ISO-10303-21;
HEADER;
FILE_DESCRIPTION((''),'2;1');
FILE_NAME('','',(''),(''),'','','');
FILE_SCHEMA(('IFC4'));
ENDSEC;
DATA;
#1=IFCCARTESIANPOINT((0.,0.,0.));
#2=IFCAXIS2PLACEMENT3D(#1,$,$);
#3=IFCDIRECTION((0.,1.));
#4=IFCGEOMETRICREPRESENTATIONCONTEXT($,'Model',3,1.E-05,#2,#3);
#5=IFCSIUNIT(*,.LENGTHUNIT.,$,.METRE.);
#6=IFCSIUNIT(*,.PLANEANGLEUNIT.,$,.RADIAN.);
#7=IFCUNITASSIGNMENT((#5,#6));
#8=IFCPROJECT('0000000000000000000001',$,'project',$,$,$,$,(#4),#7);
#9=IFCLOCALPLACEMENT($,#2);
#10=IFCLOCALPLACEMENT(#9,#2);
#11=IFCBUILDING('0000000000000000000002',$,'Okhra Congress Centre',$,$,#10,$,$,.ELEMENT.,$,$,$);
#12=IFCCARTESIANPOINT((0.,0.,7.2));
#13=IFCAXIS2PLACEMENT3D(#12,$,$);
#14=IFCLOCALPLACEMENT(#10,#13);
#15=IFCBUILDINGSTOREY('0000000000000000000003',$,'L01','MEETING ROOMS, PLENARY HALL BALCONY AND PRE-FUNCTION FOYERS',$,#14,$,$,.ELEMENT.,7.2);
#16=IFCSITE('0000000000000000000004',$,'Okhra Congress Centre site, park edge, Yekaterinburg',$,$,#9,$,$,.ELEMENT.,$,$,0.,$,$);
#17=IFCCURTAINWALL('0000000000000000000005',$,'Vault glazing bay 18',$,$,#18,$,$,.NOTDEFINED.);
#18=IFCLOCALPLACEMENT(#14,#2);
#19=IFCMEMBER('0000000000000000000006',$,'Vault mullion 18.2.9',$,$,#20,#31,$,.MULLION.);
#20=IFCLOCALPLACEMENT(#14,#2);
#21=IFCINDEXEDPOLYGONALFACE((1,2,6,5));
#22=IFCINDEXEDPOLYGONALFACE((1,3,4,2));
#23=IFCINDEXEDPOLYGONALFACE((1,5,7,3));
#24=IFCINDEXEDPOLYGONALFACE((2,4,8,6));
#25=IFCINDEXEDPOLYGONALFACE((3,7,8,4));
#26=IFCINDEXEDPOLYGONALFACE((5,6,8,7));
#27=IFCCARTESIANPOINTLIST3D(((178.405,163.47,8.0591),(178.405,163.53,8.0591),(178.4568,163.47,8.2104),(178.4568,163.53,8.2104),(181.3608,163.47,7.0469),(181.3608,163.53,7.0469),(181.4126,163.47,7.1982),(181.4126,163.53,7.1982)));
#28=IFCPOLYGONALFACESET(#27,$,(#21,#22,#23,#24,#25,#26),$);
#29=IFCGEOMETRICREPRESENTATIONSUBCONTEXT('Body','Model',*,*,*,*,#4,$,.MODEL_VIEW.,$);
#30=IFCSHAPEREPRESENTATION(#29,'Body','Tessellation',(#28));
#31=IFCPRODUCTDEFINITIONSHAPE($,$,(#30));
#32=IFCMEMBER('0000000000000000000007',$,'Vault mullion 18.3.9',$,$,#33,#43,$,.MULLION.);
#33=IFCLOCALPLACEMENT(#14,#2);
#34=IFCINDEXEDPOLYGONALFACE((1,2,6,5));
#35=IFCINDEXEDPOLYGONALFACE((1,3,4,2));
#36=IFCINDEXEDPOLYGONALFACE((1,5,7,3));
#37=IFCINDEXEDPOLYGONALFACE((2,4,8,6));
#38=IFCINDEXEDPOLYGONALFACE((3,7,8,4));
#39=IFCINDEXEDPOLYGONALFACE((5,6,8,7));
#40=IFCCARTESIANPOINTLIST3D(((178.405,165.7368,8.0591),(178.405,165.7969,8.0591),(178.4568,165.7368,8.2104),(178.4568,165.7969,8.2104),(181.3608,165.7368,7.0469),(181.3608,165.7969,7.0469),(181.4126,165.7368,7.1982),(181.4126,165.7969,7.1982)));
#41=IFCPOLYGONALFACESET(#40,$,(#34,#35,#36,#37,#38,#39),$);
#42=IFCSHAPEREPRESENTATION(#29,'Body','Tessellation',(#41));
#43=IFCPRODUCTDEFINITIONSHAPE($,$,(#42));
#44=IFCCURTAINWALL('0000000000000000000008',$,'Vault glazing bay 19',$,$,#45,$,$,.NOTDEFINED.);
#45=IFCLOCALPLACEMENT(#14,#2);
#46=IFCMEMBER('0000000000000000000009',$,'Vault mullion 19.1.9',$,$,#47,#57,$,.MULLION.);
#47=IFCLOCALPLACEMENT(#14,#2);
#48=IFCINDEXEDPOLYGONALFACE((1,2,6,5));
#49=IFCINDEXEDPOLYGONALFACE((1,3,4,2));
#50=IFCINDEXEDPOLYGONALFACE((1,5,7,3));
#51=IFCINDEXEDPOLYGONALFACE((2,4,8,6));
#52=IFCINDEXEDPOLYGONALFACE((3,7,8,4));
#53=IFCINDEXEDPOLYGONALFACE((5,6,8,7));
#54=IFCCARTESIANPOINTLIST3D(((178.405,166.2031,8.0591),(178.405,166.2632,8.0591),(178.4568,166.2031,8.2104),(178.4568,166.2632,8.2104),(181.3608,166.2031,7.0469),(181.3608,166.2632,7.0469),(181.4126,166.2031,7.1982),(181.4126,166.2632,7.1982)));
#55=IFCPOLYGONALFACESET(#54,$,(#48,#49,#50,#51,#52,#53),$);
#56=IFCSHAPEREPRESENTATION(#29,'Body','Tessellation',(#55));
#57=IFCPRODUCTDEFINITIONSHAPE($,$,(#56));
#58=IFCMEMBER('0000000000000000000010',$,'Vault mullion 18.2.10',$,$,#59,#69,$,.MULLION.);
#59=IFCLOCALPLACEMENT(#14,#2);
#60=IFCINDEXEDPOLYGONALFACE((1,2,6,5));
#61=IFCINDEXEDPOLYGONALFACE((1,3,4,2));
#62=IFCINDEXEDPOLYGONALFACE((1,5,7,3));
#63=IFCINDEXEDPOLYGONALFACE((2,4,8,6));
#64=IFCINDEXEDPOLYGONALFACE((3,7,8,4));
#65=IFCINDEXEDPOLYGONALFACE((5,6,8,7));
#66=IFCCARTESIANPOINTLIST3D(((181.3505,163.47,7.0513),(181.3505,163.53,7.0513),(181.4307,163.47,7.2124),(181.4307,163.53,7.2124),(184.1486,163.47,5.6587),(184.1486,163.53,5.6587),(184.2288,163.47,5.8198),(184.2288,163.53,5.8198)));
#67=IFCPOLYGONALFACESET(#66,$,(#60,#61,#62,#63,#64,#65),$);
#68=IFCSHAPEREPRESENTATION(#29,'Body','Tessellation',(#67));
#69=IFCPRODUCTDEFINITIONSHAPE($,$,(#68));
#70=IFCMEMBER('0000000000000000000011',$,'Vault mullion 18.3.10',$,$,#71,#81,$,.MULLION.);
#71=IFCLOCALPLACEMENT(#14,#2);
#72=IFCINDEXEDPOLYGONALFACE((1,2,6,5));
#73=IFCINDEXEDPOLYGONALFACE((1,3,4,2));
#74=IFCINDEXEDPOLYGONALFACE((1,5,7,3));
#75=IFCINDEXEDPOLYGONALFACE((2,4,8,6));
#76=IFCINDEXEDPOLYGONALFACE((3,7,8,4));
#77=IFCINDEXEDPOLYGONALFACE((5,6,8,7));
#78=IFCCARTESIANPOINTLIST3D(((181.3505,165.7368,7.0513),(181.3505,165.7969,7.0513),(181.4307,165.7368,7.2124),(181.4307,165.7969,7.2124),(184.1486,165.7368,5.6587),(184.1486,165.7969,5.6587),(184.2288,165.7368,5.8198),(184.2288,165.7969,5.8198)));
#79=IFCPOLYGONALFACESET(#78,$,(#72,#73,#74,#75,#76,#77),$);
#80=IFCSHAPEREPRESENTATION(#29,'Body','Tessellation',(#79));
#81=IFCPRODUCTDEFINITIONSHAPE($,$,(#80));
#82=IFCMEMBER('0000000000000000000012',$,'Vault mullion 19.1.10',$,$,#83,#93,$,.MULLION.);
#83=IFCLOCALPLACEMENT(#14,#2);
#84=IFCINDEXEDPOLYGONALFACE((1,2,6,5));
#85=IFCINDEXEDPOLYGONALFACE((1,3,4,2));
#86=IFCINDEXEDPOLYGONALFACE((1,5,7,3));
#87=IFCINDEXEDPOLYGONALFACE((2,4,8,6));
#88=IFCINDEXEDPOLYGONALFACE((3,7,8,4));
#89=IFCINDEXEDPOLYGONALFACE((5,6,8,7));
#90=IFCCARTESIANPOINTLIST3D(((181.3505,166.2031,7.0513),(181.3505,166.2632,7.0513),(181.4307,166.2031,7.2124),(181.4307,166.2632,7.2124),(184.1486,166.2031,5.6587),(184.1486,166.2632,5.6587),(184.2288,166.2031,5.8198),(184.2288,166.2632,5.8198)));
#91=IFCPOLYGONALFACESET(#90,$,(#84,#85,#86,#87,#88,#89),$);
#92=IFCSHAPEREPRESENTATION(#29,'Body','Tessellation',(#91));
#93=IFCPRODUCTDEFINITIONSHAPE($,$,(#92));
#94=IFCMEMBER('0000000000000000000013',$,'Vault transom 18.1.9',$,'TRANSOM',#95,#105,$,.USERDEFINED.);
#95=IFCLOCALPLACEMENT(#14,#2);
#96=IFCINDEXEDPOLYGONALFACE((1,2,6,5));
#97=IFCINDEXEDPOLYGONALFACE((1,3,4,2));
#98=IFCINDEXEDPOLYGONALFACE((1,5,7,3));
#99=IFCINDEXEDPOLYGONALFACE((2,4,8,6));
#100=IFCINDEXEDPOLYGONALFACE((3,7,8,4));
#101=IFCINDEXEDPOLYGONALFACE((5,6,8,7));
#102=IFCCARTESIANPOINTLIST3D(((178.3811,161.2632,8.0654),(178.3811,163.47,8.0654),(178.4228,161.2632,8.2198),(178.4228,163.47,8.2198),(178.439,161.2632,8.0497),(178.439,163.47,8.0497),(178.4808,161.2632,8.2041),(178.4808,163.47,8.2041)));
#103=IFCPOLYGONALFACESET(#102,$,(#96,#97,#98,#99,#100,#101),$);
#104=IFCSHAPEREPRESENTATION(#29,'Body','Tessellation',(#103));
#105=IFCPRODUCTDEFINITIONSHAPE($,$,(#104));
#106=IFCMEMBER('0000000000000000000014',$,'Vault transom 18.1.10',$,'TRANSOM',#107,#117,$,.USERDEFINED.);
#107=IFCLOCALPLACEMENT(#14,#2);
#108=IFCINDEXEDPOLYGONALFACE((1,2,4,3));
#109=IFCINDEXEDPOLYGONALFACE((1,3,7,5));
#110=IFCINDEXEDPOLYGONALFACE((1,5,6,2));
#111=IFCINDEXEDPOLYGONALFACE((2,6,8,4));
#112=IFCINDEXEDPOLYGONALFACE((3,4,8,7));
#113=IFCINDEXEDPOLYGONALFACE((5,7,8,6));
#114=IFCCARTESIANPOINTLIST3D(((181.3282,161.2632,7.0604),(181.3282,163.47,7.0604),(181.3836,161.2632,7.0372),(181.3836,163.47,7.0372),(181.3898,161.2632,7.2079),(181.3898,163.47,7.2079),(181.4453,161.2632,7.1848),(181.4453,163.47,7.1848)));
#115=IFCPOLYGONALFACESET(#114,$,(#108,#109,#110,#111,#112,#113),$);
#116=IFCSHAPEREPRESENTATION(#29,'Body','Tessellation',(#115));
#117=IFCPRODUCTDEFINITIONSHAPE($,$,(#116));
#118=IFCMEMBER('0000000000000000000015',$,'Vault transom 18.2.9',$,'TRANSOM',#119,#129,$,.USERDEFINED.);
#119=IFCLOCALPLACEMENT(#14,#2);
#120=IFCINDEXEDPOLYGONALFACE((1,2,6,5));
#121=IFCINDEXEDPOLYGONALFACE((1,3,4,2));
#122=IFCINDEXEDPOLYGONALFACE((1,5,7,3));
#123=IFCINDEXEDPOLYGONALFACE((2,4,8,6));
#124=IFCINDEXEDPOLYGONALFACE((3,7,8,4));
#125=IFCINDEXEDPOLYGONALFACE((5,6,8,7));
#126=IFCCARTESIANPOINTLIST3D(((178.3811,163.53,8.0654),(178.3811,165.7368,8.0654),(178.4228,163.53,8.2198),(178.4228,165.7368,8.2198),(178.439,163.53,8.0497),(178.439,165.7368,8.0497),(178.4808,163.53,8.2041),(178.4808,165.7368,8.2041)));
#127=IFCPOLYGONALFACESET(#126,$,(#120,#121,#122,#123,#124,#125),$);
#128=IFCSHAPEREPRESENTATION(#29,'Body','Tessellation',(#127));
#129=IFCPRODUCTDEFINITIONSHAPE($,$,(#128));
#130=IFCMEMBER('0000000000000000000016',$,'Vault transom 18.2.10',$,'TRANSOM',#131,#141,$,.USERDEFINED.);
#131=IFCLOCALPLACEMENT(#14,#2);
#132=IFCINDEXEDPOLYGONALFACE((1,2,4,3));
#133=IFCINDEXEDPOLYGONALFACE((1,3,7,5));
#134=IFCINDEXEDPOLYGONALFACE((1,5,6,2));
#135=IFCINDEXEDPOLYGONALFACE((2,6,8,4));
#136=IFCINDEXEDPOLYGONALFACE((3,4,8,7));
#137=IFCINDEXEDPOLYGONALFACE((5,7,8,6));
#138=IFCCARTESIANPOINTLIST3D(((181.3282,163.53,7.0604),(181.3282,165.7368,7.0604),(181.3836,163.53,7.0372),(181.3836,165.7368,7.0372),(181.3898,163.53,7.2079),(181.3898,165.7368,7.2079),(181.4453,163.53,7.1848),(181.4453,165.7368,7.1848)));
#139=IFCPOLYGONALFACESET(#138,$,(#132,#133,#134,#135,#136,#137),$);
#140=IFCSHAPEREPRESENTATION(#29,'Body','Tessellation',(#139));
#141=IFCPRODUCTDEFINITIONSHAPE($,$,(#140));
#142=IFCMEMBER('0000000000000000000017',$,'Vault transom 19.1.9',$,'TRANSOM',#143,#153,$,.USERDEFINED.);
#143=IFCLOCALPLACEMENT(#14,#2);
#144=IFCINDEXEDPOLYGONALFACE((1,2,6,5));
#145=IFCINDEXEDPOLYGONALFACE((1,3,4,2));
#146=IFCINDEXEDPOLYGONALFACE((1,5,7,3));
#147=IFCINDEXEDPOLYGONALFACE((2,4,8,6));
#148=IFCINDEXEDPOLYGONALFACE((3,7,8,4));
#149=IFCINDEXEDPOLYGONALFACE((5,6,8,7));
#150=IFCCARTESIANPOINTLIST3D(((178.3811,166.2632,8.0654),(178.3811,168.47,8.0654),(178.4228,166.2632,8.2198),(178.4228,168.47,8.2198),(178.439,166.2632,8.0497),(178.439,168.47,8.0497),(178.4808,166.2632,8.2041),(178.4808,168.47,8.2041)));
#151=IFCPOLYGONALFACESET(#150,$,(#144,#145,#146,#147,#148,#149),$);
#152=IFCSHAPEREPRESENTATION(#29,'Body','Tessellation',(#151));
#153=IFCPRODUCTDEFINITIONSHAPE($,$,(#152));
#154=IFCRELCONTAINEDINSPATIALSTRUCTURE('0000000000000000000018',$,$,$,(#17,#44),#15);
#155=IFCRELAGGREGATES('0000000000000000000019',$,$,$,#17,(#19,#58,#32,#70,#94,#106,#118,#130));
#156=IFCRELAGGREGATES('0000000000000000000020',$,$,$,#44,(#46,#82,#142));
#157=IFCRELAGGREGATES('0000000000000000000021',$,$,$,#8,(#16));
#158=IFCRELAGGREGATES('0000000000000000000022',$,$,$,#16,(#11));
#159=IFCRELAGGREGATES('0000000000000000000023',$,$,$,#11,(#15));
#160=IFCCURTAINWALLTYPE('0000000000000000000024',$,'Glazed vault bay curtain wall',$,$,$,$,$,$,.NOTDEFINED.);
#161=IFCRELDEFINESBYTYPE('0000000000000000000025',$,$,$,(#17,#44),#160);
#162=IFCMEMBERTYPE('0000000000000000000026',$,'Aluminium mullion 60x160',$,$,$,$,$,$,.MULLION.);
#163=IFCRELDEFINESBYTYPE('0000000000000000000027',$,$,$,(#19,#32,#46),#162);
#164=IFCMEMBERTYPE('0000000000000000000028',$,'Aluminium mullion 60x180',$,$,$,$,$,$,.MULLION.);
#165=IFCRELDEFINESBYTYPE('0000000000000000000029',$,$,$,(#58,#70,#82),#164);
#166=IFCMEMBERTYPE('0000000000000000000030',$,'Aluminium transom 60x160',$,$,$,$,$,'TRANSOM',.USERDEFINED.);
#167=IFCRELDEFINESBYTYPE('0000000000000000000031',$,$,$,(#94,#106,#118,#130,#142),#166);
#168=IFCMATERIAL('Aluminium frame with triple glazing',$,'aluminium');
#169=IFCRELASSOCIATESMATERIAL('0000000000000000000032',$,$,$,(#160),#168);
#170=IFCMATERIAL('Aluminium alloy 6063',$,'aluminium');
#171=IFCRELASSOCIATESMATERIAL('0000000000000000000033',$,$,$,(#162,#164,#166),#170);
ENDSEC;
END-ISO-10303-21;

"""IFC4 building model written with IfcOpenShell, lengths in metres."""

from ifc_helpers import new_model, si_unit, direction, frame, origin, origin_2d, place, context, subcontext, project, spatial, rectangle, extrude, material, material_profile, profile_set, type_object, element, aggregate, save


model = new_model("IFC4")

# Units and contexts
model_context = context("Model", 3, precision=1e-05, world=origin(), true_north=direction((0.0, 1.0)))
body_context = subcontext(model_context, "Body", "Model", "MODEL_VIEW")
ifc_project = project(units=[si_unit("LENGTHUNIT", "METRE"), si_unit("PLANEANGLEUNIT", "RADIAN")], contexts=[model_context])

# Site, building, storey
site_placement = place(None, origin())
site = spatial("IfcSite", under=ifc_project, at=site_placement, Name="Okhra Congress Centre site, park edge, Yekaterinburg", CompositionType="ELEMENT", RefElevation=0.0)
building_placement = place(site_placement, origin())
building = spatial("IfcBuilding", under=site, at=building_placement, Name="Okhra Congress Centre", CompositionType="ELEMENT")
storey_placement = place(building_placement, frame((0.0, 0.0, 7.2)))
storey = spatial("IfcBuildingStorey", under=building, at=storey_placement, Name="L01", Description="MEETING ROOMS, PLENARY HALL BALCONY AND PRE-FUNCTION FOYERS", CompositionType="ELEMENT", Elevation=7.2)

# Curtain wall, members
ifc_material_1 = material(Name="Aluminium frame with triple glazing", Category="aluminium")
curtain_wall_type = type_object("IfcCurtainWallType", Name="Glazed vault bay curtain wall", PredefinedType="NOTDEFINED", material=ifc_material_1)
curtain_wall_1_placement = place(storey_placement, origin())
curtain_wall_1 = element("IfcCurtainWall", 1, at=curtain_wall_1_placement, inside=storey, type_object=curtain_wall_type, Name="Vault glazing bay 18", PredefinedType="NOTDEFINED")
ifc_material_2 = material(Name="Aluminium alloy 6063", Category="aluminium")
ifc_material_profile_1 = material_profile(ifc_material_2, rectangle(XDim=0.0601, YDim=0.1599, at=origin_2d()), Name="AL 60x160")
ifc_profile_set_1 = profile_set([ifc_material_profile_1], Name="Aluminium alloy 6063")
member_type_1 = type_object("IfcMemberType", Name="Aluminium mullion 60x160", PredefinedType="MULLION", material=ifc_profile_set_1)
member_1_placement = place(storey_placement, frame((178.4309, 163.5, 8.1348), z_axis=(0.946065, 0.0, -0.323977), x_axis=(0.0, 1.0, 0.0)))
member_1 = element("IfcMember", 2, at=member_1_placement, type_object=member_type_1, Name="Vault mullion 18.2.9", PredefinedType="MULLION", context=body_context, shape_type="SweptSolid", body=[
    extrude(rectangle(XDim=0.0601, YDim=0.1599, at=origin_2d()), origin(), (0.0, 0.0, 1.0), 3.1243),
])
member_2_placement = place(storey_placement, frame((178.4309, 165.7668, 8.1348), z_axis=(0.946065, 0.0, -0.323977), x_axis=(0.0, 1.0, 0.0)))
member_2 = element("IfcMember", 3, at=member_2_placement, type_object=member_type_1, Name="Vault mullion 18.3.9", PredefinedType="MULLION", context=body_context, shape_type="SweptSolid", body=[
    extrude(rectangle(XDim=0.0601, YDim=0.1599, at=origin_2d()), origin(), (0.0, 0.0, 1.0), 3.1243),
])

# Curtain wall, member
curtain_wall_2_placement = place(storey_placement, origin())
curtain_wall_2 = element("IfcCurtainWall", 4, at=curtain_wall_2_placement, inside=storey, type_object=curtain_wall_type, Name="Vault glazing bay 19", PredefinedType="NOTDEFINED")
member_3_placement = place(storey_placement, frame((178.4309, 166.2332, 8.1348), z_axis=(0.946065, 0.0, -0.323977), x_axis=(0.0, 1.0, 0.0)))
member_3 = element("IfcMember", 5, at=member_3_placement, type_object=member_type_1, Name="Vault mullion 19.1.9", PredefinedType="MULLION", context=body_context, shape_type="SweptSolid", body=[
    extrude(rectangle(XDim=0.0601, YDim=0.1599, at=origin_2d()), origin(), (0.0, 0.0, 1.0), 3.1243),
])

# Members
ifc_material_profile_2 = material_profile(ifc_material_2, rectangle(XDim=0.0601, YDim=0.1799, at=origin_2d()), Name="AL 60x180")
ifc_profile_set_2 = profile_set([ifc_material_profile_2], Name="Aluminium alloy 6063")
member_type_2 = type_object("IfcMemberType", Name="Aluminium mullion 60x180", PredefinedType="MULLION", material=ifc_profile_set_2)
member_4_placement = place(storey_placement, frame((181.3906, 163.5, 7.1318), z_axis=(0.895254, 0.0, -0.445557), x_axis=(0.0, 1.0, 0.0)))
member_4 = element("IfcMember", 6, at=member_4_placement, type_object=member_type_2, Name="Vault mullion 18.2.10", PredefinedType="MULLION", context=body_context, shape_type="SweptSolid", body=[
    extrude(rectangle(XDim=0.0601, YDim=0.1799, at=origin_2d()), origin(), (0.0, 0.0, 1.0), 3.1255),
])
member_5_placement = place(storey_placement, frame((181.3906, 165.7668, 7.1318), z_axis=(0.895254, 0.0, -0.445557), x_axis=(0.0, 1.0, 0.0)))
member_5 = element("IfcMember", 7, at=member_5_placement, type_object=member_type_2, Name="Vault mullion 18.3.10", PredefinedType="MULLION", context=body_context, shape_type="SweptSolid", body=[
    extrude(rectangle(XDim=0.0601, YDim=0.1799, at=origin_2d()), origin(), (0.0, 0.0, 1.0), 3.1255),
])
member_6_placement = place(storey_placement, frame((181.3906, 166.2332, 7.1318), z_axis=(0.895254, 0.0, -0.445557), x_axis=(0.0, 1.0, 0.0)))
member_6 = element("IfcMember", 8, at=member_6_placement, type_object=member_type_2, Name="Vault mullion 19.1.10", PredefinedType="MULLION", context=body_context, shape_type="SweptSolid", body=[
    extrude(rectangle(XDim=0.0601, YDim=0.1799, at=origin_2d()), origin(), (0.0, 0.0, 1.0), 3.1255),
])
ifc_material_profile_3 = material_profile(ifc_material_2, rectangle(XDim=0.0601, YDim=0.1599, at=origin_2d()), Name="AL 60x160 transom")
ifc_profile_set_3 = profile_set([ifc_material_profile_3], Name="Aluminium alloy 6063")
member_type_3 = type_object("IfcMemberType", Name="Aluminium transom 60x160", ElementType="TRANSOM", PredefinedType="USERDEFINED", material=ifc_profile_set_3)
member_7_placement = place(storey_placement, frame((178.4309, 161.2632, 8.1348), z_axis=(0.0, 1.0, 0.0), x_axis=(-0.96538, 0.0, 0.260848)))
member_7 = element("IfcMember", 9, at=member_7_placement, type_object=member_type_3, Name="Vault transom 18.1.9", ObjectType="TRANSOM", PredefinedType="USERDEFINED", context=body_context, shape_type="SweptSolid", body=[
    extrude(rectangle(XDim=0.0601, YDim=0.1599, at=origin_2d()), origin(), (0.0, 0.0, 1.0), 2.2068),
])
member_8_placement = place(storey_placement, frame((181.3867, 161.2632, 7.1226), z_axis=(0.0, 1.0, 0.0), x_axis=(-0.922669, 0.0, 0.385593)))
member_8 = element("IfcMember", 10, at=member_8_placement, type_object=member_type_3, Name="Vault transom 18.1.10", ObjectType="TRANSOM", PredefinedType="USERDEFINED", context=body_context, shape_type="SweptSolid", body=[
    extrude(rectangle(XDim=0.0601, YDim=0.1599, at=origin_2d()), origin(), (0.0, 0.0, 1.0), 2.2068),
])
member_9_placement = place(storey_placement, frame((178.4309, 163.53, 8.1348), z_axis=(0.0, 1.0, 0.0), x_axis=(-0.96538, 0.0, 0.260848)))
member_9 = element("IfcMember", 11, at=member_9_placement, type_object=member_type_3, Name="Vault transom 18.2.9", ObjectType="TRANSOM", PredefinedType="USERDEFINED", context=body_context, shape_type="SweptSolid", body=[
    extrude(rectangle(XDim=0.0601, YDim=0.1599, at=origin_2d()), origin(), (0.0, 0.0, 1.0), 2.2068),
])
member_10_placement = place(storey_placement, frame((181.3867, 163.53, 7.1226), z_axis=(0.0, 1.0, 0.0), x_axis=(-0.922669, 0.0, 0.385593)))
member_10 = element("IfcMember", 12, at=member_10_placement, type_object=member_type_3, Name="Vault transom 18.2.10", ObjectType="TRANSOM", PredefinedType="USERDEFINED", context=body_context, shape_type="SweptSolid", body=[
    extrude(rectangle(XDim=0.0601, YDim=0.1599, at=origin_2d()), origin(), (0.0, 0.0, 1.0), 2.2068),
])
member_11_placement = place(storey_placement, frame((178.4309, 166.2632, 8.1348), z_axis=(0.0, 1.0, 0.0), x_axis=(-0.96538, 0.0, 0.260848)))
member_11 = element("IfcMember", 13, at=member_11_placement, type_object=member_type_3, Name="Vault transom 19.1.9", ObjectType="TRANSOM", PredefinedType="USERDEFINED", context=body_context, shape_type="SweptSolid", body=[
    extrude(rectangle(XDim=0.0601, YDim=0.1599, at=origin_2d()), origin(), (0.0, 0.0, 1.0), 2.2068),
])

aggregate(curtain_wall_1, [member_1, member_4, member_2, member_5, member_7, member_8, member_9, member_10])
aggregate(curtain_wall_2, [member_3, member_6, member_11])

save(model, "model.ifc")
